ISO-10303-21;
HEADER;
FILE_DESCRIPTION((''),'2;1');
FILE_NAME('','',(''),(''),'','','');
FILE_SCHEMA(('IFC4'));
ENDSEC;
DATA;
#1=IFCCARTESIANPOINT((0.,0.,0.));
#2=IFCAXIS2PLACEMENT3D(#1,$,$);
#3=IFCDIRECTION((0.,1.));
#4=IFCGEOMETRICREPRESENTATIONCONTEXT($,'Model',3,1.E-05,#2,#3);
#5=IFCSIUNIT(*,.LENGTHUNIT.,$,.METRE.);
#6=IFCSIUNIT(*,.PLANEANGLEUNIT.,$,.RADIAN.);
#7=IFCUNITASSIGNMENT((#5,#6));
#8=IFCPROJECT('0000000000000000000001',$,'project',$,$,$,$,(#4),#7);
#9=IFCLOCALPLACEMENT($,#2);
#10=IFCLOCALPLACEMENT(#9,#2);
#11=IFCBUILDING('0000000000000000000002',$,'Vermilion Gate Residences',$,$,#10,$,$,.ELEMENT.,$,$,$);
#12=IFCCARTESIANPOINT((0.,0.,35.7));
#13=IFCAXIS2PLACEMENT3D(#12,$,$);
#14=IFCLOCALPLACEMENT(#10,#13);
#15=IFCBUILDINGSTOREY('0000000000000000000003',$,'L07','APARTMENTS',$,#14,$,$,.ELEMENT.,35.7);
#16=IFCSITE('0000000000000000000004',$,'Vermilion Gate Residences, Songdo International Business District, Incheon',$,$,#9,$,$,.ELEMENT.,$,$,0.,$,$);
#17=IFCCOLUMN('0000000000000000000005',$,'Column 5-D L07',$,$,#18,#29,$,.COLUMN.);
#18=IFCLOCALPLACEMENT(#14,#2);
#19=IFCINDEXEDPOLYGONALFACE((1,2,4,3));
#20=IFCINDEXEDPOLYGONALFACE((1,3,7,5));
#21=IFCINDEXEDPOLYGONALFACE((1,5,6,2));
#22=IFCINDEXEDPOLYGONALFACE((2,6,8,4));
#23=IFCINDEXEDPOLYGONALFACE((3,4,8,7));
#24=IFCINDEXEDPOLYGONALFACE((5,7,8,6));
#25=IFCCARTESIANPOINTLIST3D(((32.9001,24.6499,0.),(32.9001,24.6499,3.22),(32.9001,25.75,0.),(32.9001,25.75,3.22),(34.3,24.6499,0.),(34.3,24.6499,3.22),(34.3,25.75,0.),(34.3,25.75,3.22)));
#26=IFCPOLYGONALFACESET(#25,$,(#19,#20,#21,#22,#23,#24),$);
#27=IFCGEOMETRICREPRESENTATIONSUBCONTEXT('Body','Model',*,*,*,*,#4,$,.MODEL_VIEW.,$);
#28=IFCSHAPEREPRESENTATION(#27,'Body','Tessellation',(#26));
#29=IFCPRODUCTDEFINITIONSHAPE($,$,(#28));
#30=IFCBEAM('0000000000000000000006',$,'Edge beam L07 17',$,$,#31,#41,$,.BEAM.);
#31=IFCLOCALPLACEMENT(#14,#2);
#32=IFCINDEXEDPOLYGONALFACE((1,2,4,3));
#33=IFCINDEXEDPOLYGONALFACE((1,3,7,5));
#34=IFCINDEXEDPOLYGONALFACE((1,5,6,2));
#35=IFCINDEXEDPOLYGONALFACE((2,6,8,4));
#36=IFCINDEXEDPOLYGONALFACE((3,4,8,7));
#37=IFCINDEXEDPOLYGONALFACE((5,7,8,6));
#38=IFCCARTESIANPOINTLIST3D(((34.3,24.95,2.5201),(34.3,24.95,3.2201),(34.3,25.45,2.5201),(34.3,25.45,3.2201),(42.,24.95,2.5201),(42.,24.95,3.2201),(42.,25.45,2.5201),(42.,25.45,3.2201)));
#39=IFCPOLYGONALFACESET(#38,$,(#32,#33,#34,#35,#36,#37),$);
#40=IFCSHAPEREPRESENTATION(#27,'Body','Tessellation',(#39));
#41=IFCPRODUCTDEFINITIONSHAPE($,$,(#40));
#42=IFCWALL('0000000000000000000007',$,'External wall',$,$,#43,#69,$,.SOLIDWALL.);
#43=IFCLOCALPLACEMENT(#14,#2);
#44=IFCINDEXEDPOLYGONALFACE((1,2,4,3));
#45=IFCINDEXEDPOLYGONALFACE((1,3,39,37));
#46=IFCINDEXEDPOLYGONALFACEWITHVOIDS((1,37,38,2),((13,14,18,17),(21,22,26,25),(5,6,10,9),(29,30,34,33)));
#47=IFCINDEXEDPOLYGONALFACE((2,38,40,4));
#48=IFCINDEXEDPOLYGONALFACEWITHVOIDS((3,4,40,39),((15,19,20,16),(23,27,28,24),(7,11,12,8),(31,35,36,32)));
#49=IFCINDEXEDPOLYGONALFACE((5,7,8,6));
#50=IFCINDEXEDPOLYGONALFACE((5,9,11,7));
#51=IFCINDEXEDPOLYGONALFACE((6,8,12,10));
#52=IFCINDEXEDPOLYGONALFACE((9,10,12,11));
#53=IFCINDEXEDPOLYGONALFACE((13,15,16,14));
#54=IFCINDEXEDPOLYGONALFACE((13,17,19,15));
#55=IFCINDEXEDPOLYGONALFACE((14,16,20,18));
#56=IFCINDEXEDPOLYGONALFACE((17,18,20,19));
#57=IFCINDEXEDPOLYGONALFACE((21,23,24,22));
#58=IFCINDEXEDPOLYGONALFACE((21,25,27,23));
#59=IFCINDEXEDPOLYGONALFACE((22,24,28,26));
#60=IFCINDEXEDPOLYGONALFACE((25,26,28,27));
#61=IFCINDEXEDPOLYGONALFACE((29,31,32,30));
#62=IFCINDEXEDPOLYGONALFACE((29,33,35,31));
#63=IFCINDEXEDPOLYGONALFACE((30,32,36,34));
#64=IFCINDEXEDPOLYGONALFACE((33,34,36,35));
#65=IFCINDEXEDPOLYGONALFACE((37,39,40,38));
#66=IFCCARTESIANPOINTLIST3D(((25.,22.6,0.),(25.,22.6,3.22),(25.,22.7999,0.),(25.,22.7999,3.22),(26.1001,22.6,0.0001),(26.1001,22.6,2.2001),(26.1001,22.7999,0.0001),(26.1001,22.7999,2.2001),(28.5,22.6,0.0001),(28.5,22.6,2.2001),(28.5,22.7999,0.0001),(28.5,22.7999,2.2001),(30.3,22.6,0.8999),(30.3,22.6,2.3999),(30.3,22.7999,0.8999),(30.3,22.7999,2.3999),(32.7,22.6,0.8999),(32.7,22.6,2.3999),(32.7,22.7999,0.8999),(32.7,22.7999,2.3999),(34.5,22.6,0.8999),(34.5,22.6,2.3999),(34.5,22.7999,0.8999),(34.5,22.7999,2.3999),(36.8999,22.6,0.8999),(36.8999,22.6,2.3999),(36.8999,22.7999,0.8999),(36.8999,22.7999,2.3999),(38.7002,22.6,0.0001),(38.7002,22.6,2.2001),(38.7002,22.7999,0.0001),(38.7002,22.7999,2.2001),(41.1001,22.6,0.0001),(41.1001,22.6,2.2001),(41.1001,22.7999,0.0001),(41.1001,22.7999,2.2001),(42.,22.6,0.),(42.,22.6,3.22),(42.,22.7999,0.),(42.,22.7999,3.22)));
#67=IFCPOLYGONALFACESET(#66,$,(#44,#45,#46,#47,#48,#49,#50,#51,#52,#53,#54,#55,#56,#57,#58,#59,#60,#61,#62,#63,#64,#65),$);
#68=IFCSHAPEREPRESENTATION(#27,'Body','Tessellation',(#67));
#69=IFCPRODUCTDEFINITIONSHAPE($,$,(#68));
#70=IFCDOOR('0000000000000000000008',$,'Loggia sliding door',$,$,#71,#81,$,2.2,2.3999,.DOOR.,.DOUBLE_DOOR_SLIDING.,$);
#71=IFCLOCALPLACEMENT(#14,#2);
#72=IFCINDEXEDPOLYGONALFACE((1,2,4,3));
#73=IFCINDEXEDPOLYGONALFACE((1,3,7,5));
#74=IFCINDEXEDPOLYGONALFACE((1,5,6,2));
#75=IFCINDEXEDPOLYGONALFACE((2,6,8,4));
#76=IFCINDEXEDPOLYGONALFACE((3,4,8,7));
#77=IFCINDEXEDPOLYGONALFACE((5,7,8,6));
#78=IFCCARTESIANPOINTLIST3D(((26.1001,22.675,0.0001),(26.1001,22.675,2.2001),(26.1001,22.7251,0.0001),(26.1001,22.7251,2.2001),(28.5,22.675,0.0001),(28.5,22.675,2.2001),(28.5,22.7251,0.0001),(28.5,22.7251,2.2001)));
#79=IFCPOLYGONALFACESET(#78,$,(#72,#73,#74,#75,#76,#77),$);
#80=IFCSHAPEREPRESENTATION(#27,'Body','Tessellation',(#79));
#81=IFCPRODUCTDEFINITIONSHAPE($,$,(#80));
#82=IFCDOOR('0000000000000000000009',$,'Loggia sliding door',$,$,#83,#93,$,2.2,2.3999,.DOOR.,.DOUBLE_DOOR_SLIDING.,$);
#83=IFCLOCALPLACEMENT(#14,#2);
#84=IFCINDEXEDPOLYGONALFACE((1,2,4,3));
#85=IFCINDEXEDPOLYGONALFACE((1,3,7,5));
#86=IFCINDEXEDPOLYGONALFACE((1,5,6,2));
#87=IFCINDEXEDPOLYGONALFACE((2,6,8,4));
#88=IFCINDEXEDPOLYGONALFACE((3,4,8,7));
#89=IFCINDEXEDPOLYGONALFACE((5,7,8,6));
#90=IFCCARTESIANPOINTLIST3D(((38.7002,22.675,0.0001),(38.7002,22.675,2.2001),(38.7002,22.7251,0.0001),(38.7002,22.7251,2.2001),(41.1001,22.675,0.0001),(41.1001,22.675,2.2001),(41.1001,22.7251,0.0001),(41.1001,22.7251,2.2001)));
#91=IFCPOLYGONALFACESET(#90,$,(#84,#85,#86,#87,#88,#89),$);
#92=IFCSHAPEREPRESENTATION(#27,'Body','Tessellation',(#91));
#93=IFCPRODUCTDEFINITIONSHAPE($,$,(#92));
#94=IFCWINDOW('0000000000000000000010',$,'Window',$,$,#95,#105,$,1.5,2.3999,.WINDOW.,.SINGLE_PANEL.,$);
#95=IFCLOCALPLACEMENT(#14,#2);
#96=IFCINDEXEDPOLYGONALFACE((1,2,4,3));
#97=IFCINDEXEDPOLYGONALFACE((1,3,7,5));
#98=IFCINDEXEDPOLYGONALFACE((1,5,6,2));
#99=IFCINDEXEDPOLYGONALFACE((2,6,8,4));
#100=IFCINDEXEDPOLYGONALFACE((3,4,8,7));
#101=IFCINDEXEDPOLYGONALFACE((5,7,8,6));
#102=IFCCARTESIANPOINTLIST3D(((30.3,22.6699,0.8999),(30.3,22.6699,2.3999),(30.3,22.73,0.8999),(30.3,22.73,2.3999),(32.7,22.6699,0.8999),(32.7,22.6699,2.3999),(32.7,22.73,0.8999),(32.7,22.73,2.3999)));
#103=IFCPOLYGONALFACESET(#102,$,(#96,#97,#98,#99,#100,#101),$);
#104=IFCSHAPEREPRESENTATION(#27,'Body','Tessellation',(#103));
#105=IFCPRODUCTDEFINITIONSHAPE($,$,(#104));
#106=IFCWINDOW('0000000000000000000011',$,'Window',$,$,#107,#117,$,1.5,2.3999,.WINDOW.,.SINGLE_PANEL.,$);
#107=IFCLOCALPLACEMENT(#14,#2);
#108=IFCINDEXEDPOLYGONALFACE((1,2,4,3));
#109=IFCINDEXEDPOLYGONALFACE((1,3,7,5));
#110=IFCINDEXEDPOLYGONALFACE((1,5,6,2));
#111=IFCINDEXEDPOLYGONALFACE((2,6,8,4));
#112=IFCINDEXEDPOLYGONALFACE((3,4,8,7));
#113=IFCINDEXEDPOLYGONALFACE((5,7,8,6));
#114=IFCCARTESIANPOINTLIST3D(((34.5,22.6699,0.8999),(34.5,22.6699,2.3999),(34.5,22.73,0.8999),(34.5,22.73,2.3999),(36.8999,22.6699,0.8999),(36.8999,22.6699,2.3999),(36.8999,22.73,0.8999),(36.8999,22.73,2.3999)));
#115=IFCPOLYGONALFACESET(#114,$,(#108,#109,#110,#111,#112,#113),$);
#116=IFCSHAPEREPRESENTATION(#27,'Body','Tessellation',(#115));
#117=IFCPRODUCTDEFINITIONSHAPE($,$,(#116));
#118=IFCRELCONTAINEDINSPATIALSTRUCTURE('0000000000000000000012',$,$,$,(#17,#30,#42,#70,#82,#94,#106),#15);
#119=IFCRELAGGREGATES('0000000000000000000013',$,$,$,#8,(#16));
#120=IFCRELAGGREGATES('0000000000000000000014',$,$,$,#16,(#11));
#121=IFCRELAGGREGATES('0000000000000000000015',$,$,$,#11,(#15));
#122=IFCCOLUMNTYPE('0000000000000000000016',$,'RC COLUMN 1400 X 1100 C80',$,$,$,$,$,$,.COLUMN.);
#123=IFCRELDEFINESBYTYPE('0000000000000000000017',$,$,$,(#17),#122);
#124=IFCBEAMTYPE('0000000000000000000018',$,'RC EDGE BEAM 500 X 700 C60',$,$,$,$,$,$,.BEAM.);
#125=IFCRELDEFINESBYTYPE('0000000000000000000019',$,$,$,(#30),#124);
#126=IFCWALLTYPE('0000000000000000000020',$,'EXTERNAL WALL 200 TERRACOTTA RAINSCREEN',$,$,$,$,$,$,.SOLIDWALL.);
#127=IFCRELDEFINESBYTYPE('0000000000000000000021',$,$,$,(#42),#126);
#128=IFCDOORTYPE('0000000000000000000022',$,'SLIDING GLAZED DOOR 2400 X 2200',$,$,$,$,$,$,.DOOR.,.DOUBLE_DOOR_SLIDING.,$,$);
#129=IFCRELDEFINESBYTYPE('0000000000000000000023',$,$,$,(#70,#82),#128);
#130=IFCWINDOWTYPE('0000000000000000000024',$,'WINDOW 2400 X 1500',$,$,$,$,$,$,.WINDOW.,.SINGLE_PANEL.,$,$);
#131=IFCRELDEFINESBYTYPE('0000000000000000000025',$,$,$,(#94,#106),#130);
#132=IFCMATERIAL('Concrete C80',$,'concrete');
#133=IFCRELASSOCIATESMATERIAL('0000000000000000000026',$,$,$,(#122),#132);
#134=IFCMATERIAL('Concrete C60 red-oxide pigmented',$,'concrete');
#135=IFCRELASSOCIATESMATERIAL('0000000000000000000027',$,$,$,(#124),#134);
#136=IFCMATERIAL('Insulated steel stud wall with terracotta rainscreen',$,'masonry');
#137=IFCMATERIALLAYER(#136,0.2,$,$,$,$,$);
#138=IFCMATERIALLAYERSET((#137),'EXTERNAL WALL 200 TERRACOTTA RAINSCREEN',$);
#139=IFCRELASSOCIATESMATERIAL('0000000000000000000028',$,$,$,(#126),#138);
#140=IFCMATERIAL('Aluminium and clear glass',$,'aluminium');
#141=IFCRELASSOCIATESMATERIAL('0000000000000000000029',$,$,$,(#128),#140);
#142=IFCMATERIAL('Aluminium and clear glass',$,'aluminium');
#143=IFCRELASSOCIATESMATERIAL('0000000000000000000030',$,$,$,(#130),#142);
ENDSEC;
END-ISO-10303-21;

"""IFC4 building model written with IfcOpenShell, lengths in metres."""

from ifc_helpers import new_model, si_unit, direction, frame, frame_2d, origin, origin_2d, place, context, subcontext, project, spatial, rectangle, extrude, material, layer, layer_set, material_profile, profile_set, type_object, element, fill, save


model = new_model("IFC4")

# Units and contexts
model_context = context("Model", 3, precision=1e-05, world=origin(), true_north=direction((0.0, 1.0)))
body_context = subcontext(model_context, "Body", "Model", "MODEL_VIEW")
ifc_project = project(units=[si_unit("LENGTHUNIT", "METRE"), si_unit("PLANEANGLEUNIT", "RADIAN")], contexts=[model_context])

# Site, building, storey
site_placement = place(None, origin())
site = spatial("IfcSite", under=ifc_project, at=site_placement, Name="Vermilion Gate Residences, Songdo International Business District, Incheon", CompositionType="ELEMENT", RefElevation=0.0)
building_placement = place(site_placement, origin())
building = spatial("IfcBuilding", under=site, at=building_placement, Name="Vermilion Gate Residences", CompositionType="ELEMENT")
storey_placement = place(building_placement, frame((0.0, 0.0, 35.7)))
storey = spatial("IfcBuildingStorey", under=building, at=storey_placement, Name="L07", Description="APARTMENTS", CompositionType="ELEMENT", Elevation=35.7)

# Column
ifc_material_1 = material(Name="Concrete C80", Category="concrete")
ifc_material_profile_1 = material_profile(ifc_material_1, rectangle(XDim=1.3999, YDim=1.1001, at=origin_2d()), Name="RC-1400x1100")
ifc_profile_set_1 = profile_set([ifc_material_profile_1], Name="Concrete C80")
column_type = type_object("IfcColumnType", Name="RC COLUMN 1400 X 1100 C80", PredefinedType="COLUMN", material=ifc_profile_set_1)
column_placement = place(storey_placement, frame((33.6001, 25.2, 0.0), z_axis=(0.0, 0.0, 1.0), x_axis=(1.0, 0.0, 0.0)))
element("IfcColumn", 1, at=column_placement, inside=storey, type_object=column_type, Name="Column 5-D L07", PredefinedType="COLUMN", context=body_context, shape_type="SweptSolid", body=[
    extrude(rectangle(XDim=1.3999, YDim=1.1001, at=origin_2d()), origin(), (0.0, 0.0, 1.0), 3.22),
])

# Beam
ifc_material_2 = material(Name="Concrete C60 red-oxide pigmented", Category="concrete")
ifc_material_profile_2 = material_profile(ifc_material_2, rectangle(XDim=0.5, YDim=0.7, at=origin_2d()), Name="RC-500x700")
ifc_profile_set_2 = profile_set([ifc_material_profile_2], Name="Concrete C60 red-oxide pigmented")
beam_type = type_object("IfcBeamType", Name="RC EDGE BEAM 500 X 700 C60", PredefinedType="BEAM", material=ifc_profile_set_2)
beam_placement = place(storey_placement, frame((34.3, 25.2, 2.8701), z_axis=(1.0, 0.0, 0.0), x_axis=(0.0, 1.0, 0.0)))
element("IfcBeam", 2, at=beam_placement, inside=storey, type_object=beam_type, Name="Edge beam L07 17", PredefinedType="BEAM", context=body_context, shape_type="SweptSolid", body=[
    extrude(rectangle(XDim=0.5, YDim=0.7, at=origin_2d()), origin(), (0.0, 0.0, 1.0), 7.7),
])

# Wall, openings, doors, windows
ifc_material_3 = material(Name="Insulated steel stud wall with terracotta rainscreen", Category="masonry")
ifc_layer_1 = layer(ifc_material_3, 0.2)
ifc_layer_set_1 = layer_set([ifc_layer_1], Name="EXTERNAL WALL 200 TERRACOTTA RAINSCREEN")
wall_type_1 = type_object("IfcWallType", Name="EXTERNAL WALL 200 TERRACOTTA RAINSCREEN", PredefinedType="SOLIDWALL", material=ifc_layer_set_1)
wall_1_placement = place(storey_placement, frame((42.0, 22.7, 0.0), z_axis=(0.0, 0.0, 1.0), x_axis=(-1.0, 0.0, 0.0)))
wall_1 = element("IfcWall", 3, at=wall_1_placement, inside=storey, type_object=wall_type_1, Name="External wall", PredefinedType="SOLIDWALL", context=body_context, shape_type="SweptSolid", body=[
    extrude(rectangle(XDim=17.0, YDim=0.2, at=frame_2d((8.5, 0.0))), origin(), (0.0, 0.0, 1.0), 3.22),
])
opening_1_placement = place(wall_1_placement, frame((13.5, 0.0, 0.0)))
opening_1 = element("IfcOpeningElement", 4, at=opening_1_placement, cuts=wall_1, PredefinedType="OPENING", context=body_context, shape_type="SweptSolid", body=[
    extrude(rectangle(XDim=2.3999, YDim=2.2, at=frame_2d((1.2, 1.1001))), frame((0.0, 0.1099, 0.0), z_axis=(0.0, -1.0, 0.0), x_axis=(1.0, 0.0, 0.0)), (0.0, 0.0, 1.0), 0.22),
])
opening_2_placement = place(wall_1_placement, frame((9.3, 0.0, 0.8999)))
opening_2 = element("IfcOpeningElement", 5, at=opening_2_placement, cuts=wall_1, PredefinedType="OPENING", context=body_context, shape_type="SweptSolid", body=[
    extrude(rectangle(XDim=2.3999, YDim=1.5, at=frame_2d((1.2, 0.75))), frame((0.0, 0.1099, 0.0), z_axis=(0.0, -1.0, 0.0), x_axis=(1.0, 0.0, 0.0)), (0.0, 0.0, 1.0), 0.22),
])
opening_3_placement = place(wall_1_placement, frame((5.1001, 0.0, 0.8999)))
opening_3 = element("IfcOpeningElement", 6, at=opening_3_placement, cuts=wall_1, PredefinedType="OPENING", context=body_context, shape_type="SweptSolid", body=[
    extrude(rectangle(XDim=2.3999, YDim=1.5, at=frame_2d((1.2, 0.75))), frame((0.0, 0.1099, 0.0), z_axis=(0.0, -1.0, 0.0), x_axis=(1.0, 0.0, 0.0)), (0.0, 0.0, 1.0), 0.22),
])
opening_4_placement = place(wall_1_placement, frame((0.8999, 0.0, 0.0)))
opening_4 = element("IfcOpeningElement", 7, at=opening_4_placement, cuts=wall_1, PredefinedType="OPENING", context=body_context, shape_type="SweptSolid", body=[
    extrude(rectangle(XDim=2.3999, YDim=2.2, at=frame_2d((1.2, 1.1001))), frame((0.0, 0.1099, 0.0), z_axis=(0.0, -1.0, 0.0), x_axis=(1.0, 0.0, 0.0)), (0.0, 0.0, 1.0), 0.22),
])
ifc_material_4 = material(Name="Aluminium and clear glass", Category="aluminium")
door_type_1 = type_object("IfcDoorType", Name="SLIDING GLAZED DOOR 2400 X 2200", OperationType="DOUBLE_DOOR_SLIDING", PredefinedType="DOOR", material=ifc_material_4)
door_1_placement = place(opening_1_placement, origin())
door_1 = element("IfcDoor", 8, at=door_1_placement, inside=storey, type_object=door_type_1, Name="Loggia sliding door", OperationType="DOUBLE_DOOR_SLIDING", OverallHeight=2.2, OverallWidth=2.3999, PredefinedType="DOOR", context=body_context, shape_type="SweptSolid", body=[
    extrude(rectangle(XDim=2.3999, YDim=2.2, at=frame_2d((1.2, 1.1001))), frame((0.0, 0.0249, 0.0), z_axis=(0.0, -1.0, 0.0), x_axis=(1.0, 0.0, 0.0)), (0.0, 0.0, 1.0), 0.05),
])
fill(opening_1, door_1)
door_2_placement = place(opening_4_placement, origin())
door_2 = element("IfcDoor", 9, at=door_2_placement, inside=storey, type_object=door_type_1, Name="Loggia sliding door", OperationType="DOUBLE_DOOR_SLIDING", OverallHeight=2.2, OverallWidth=2.3999, PredefinedType="DOOR", context=body_context, shape_type="SweptSolid", body=[
    extrude(rectangle(XDim=2.3999, YDim=2.2, at=frame_2d((1.2, 1.1001))), frame((0.0, 0.0249, 0.0), z_axis=(0.0, -1.0, 0.0), x_axis=(1.0, 0.0, 0.0)), (0.0, 0.0, 1.0), 0.05),
])
fill(opening_4, door_2)
ifc_material_5 = material(Name="Aluminium and clear glass", Category="aluminium")
window_type = type_object("IfcWindowType", Name="WINDOW 2400 X 1500", PartitioningType="SINGLE_PANEL", PredefinedType="WINDOW", material=ifc_material_5)
window_1_placement = place(opening_2_placement, origin())
window_1 = element("IfcWindow", 10, at=window_1_placement, inside=storey, type_object=window_type, Name="Window", OverallHeight=1.5, OverallWidth=2.3999, PartitioningType="SINGLE_PANEL", PredefinedType="WINDOW", context=body_context, shape_type="SweptSolid", body=[
    extrude(rectangle(XDim=2.3999, YDim=1.5, at=frame_2d((1.2, 0.75))), frame((0.0, 0.03, 0.0), z_axis=(0.0, -1.0, 0.0), x_axis=(1.0, 0.0, 0.0)), (0.0, 0.0, 1.0), 0.0601),
])
fill(opening_2, window_1)
window_2_placement = place(opening_3_placement, origin())
window_2 = element("IfcWindow", 11, at=window_2_placement, inside=storey, type_object=window_type, Name="Window", OverallHeight=1.5, OverallWidth=2.3999, PartitioningType="SINGLE_PANEL", PredefinedType="WINDOW", context=body_context, shape_type="SweptSolid", body=[
    extrude(rectangle(XDim=2.3999, YDim=1.5, at=frame_2d((1.2, 0.75))), frame((0.0, 0.03, 0.0), z_axis=(0.0, -1.0, 0.0), x_axis=(1.0, 0.0, 0.0)), (0.0, 0.0, 1.0), 0.0601),
])
fill(opening_3, window_2)

save(model, "model.ifc")
